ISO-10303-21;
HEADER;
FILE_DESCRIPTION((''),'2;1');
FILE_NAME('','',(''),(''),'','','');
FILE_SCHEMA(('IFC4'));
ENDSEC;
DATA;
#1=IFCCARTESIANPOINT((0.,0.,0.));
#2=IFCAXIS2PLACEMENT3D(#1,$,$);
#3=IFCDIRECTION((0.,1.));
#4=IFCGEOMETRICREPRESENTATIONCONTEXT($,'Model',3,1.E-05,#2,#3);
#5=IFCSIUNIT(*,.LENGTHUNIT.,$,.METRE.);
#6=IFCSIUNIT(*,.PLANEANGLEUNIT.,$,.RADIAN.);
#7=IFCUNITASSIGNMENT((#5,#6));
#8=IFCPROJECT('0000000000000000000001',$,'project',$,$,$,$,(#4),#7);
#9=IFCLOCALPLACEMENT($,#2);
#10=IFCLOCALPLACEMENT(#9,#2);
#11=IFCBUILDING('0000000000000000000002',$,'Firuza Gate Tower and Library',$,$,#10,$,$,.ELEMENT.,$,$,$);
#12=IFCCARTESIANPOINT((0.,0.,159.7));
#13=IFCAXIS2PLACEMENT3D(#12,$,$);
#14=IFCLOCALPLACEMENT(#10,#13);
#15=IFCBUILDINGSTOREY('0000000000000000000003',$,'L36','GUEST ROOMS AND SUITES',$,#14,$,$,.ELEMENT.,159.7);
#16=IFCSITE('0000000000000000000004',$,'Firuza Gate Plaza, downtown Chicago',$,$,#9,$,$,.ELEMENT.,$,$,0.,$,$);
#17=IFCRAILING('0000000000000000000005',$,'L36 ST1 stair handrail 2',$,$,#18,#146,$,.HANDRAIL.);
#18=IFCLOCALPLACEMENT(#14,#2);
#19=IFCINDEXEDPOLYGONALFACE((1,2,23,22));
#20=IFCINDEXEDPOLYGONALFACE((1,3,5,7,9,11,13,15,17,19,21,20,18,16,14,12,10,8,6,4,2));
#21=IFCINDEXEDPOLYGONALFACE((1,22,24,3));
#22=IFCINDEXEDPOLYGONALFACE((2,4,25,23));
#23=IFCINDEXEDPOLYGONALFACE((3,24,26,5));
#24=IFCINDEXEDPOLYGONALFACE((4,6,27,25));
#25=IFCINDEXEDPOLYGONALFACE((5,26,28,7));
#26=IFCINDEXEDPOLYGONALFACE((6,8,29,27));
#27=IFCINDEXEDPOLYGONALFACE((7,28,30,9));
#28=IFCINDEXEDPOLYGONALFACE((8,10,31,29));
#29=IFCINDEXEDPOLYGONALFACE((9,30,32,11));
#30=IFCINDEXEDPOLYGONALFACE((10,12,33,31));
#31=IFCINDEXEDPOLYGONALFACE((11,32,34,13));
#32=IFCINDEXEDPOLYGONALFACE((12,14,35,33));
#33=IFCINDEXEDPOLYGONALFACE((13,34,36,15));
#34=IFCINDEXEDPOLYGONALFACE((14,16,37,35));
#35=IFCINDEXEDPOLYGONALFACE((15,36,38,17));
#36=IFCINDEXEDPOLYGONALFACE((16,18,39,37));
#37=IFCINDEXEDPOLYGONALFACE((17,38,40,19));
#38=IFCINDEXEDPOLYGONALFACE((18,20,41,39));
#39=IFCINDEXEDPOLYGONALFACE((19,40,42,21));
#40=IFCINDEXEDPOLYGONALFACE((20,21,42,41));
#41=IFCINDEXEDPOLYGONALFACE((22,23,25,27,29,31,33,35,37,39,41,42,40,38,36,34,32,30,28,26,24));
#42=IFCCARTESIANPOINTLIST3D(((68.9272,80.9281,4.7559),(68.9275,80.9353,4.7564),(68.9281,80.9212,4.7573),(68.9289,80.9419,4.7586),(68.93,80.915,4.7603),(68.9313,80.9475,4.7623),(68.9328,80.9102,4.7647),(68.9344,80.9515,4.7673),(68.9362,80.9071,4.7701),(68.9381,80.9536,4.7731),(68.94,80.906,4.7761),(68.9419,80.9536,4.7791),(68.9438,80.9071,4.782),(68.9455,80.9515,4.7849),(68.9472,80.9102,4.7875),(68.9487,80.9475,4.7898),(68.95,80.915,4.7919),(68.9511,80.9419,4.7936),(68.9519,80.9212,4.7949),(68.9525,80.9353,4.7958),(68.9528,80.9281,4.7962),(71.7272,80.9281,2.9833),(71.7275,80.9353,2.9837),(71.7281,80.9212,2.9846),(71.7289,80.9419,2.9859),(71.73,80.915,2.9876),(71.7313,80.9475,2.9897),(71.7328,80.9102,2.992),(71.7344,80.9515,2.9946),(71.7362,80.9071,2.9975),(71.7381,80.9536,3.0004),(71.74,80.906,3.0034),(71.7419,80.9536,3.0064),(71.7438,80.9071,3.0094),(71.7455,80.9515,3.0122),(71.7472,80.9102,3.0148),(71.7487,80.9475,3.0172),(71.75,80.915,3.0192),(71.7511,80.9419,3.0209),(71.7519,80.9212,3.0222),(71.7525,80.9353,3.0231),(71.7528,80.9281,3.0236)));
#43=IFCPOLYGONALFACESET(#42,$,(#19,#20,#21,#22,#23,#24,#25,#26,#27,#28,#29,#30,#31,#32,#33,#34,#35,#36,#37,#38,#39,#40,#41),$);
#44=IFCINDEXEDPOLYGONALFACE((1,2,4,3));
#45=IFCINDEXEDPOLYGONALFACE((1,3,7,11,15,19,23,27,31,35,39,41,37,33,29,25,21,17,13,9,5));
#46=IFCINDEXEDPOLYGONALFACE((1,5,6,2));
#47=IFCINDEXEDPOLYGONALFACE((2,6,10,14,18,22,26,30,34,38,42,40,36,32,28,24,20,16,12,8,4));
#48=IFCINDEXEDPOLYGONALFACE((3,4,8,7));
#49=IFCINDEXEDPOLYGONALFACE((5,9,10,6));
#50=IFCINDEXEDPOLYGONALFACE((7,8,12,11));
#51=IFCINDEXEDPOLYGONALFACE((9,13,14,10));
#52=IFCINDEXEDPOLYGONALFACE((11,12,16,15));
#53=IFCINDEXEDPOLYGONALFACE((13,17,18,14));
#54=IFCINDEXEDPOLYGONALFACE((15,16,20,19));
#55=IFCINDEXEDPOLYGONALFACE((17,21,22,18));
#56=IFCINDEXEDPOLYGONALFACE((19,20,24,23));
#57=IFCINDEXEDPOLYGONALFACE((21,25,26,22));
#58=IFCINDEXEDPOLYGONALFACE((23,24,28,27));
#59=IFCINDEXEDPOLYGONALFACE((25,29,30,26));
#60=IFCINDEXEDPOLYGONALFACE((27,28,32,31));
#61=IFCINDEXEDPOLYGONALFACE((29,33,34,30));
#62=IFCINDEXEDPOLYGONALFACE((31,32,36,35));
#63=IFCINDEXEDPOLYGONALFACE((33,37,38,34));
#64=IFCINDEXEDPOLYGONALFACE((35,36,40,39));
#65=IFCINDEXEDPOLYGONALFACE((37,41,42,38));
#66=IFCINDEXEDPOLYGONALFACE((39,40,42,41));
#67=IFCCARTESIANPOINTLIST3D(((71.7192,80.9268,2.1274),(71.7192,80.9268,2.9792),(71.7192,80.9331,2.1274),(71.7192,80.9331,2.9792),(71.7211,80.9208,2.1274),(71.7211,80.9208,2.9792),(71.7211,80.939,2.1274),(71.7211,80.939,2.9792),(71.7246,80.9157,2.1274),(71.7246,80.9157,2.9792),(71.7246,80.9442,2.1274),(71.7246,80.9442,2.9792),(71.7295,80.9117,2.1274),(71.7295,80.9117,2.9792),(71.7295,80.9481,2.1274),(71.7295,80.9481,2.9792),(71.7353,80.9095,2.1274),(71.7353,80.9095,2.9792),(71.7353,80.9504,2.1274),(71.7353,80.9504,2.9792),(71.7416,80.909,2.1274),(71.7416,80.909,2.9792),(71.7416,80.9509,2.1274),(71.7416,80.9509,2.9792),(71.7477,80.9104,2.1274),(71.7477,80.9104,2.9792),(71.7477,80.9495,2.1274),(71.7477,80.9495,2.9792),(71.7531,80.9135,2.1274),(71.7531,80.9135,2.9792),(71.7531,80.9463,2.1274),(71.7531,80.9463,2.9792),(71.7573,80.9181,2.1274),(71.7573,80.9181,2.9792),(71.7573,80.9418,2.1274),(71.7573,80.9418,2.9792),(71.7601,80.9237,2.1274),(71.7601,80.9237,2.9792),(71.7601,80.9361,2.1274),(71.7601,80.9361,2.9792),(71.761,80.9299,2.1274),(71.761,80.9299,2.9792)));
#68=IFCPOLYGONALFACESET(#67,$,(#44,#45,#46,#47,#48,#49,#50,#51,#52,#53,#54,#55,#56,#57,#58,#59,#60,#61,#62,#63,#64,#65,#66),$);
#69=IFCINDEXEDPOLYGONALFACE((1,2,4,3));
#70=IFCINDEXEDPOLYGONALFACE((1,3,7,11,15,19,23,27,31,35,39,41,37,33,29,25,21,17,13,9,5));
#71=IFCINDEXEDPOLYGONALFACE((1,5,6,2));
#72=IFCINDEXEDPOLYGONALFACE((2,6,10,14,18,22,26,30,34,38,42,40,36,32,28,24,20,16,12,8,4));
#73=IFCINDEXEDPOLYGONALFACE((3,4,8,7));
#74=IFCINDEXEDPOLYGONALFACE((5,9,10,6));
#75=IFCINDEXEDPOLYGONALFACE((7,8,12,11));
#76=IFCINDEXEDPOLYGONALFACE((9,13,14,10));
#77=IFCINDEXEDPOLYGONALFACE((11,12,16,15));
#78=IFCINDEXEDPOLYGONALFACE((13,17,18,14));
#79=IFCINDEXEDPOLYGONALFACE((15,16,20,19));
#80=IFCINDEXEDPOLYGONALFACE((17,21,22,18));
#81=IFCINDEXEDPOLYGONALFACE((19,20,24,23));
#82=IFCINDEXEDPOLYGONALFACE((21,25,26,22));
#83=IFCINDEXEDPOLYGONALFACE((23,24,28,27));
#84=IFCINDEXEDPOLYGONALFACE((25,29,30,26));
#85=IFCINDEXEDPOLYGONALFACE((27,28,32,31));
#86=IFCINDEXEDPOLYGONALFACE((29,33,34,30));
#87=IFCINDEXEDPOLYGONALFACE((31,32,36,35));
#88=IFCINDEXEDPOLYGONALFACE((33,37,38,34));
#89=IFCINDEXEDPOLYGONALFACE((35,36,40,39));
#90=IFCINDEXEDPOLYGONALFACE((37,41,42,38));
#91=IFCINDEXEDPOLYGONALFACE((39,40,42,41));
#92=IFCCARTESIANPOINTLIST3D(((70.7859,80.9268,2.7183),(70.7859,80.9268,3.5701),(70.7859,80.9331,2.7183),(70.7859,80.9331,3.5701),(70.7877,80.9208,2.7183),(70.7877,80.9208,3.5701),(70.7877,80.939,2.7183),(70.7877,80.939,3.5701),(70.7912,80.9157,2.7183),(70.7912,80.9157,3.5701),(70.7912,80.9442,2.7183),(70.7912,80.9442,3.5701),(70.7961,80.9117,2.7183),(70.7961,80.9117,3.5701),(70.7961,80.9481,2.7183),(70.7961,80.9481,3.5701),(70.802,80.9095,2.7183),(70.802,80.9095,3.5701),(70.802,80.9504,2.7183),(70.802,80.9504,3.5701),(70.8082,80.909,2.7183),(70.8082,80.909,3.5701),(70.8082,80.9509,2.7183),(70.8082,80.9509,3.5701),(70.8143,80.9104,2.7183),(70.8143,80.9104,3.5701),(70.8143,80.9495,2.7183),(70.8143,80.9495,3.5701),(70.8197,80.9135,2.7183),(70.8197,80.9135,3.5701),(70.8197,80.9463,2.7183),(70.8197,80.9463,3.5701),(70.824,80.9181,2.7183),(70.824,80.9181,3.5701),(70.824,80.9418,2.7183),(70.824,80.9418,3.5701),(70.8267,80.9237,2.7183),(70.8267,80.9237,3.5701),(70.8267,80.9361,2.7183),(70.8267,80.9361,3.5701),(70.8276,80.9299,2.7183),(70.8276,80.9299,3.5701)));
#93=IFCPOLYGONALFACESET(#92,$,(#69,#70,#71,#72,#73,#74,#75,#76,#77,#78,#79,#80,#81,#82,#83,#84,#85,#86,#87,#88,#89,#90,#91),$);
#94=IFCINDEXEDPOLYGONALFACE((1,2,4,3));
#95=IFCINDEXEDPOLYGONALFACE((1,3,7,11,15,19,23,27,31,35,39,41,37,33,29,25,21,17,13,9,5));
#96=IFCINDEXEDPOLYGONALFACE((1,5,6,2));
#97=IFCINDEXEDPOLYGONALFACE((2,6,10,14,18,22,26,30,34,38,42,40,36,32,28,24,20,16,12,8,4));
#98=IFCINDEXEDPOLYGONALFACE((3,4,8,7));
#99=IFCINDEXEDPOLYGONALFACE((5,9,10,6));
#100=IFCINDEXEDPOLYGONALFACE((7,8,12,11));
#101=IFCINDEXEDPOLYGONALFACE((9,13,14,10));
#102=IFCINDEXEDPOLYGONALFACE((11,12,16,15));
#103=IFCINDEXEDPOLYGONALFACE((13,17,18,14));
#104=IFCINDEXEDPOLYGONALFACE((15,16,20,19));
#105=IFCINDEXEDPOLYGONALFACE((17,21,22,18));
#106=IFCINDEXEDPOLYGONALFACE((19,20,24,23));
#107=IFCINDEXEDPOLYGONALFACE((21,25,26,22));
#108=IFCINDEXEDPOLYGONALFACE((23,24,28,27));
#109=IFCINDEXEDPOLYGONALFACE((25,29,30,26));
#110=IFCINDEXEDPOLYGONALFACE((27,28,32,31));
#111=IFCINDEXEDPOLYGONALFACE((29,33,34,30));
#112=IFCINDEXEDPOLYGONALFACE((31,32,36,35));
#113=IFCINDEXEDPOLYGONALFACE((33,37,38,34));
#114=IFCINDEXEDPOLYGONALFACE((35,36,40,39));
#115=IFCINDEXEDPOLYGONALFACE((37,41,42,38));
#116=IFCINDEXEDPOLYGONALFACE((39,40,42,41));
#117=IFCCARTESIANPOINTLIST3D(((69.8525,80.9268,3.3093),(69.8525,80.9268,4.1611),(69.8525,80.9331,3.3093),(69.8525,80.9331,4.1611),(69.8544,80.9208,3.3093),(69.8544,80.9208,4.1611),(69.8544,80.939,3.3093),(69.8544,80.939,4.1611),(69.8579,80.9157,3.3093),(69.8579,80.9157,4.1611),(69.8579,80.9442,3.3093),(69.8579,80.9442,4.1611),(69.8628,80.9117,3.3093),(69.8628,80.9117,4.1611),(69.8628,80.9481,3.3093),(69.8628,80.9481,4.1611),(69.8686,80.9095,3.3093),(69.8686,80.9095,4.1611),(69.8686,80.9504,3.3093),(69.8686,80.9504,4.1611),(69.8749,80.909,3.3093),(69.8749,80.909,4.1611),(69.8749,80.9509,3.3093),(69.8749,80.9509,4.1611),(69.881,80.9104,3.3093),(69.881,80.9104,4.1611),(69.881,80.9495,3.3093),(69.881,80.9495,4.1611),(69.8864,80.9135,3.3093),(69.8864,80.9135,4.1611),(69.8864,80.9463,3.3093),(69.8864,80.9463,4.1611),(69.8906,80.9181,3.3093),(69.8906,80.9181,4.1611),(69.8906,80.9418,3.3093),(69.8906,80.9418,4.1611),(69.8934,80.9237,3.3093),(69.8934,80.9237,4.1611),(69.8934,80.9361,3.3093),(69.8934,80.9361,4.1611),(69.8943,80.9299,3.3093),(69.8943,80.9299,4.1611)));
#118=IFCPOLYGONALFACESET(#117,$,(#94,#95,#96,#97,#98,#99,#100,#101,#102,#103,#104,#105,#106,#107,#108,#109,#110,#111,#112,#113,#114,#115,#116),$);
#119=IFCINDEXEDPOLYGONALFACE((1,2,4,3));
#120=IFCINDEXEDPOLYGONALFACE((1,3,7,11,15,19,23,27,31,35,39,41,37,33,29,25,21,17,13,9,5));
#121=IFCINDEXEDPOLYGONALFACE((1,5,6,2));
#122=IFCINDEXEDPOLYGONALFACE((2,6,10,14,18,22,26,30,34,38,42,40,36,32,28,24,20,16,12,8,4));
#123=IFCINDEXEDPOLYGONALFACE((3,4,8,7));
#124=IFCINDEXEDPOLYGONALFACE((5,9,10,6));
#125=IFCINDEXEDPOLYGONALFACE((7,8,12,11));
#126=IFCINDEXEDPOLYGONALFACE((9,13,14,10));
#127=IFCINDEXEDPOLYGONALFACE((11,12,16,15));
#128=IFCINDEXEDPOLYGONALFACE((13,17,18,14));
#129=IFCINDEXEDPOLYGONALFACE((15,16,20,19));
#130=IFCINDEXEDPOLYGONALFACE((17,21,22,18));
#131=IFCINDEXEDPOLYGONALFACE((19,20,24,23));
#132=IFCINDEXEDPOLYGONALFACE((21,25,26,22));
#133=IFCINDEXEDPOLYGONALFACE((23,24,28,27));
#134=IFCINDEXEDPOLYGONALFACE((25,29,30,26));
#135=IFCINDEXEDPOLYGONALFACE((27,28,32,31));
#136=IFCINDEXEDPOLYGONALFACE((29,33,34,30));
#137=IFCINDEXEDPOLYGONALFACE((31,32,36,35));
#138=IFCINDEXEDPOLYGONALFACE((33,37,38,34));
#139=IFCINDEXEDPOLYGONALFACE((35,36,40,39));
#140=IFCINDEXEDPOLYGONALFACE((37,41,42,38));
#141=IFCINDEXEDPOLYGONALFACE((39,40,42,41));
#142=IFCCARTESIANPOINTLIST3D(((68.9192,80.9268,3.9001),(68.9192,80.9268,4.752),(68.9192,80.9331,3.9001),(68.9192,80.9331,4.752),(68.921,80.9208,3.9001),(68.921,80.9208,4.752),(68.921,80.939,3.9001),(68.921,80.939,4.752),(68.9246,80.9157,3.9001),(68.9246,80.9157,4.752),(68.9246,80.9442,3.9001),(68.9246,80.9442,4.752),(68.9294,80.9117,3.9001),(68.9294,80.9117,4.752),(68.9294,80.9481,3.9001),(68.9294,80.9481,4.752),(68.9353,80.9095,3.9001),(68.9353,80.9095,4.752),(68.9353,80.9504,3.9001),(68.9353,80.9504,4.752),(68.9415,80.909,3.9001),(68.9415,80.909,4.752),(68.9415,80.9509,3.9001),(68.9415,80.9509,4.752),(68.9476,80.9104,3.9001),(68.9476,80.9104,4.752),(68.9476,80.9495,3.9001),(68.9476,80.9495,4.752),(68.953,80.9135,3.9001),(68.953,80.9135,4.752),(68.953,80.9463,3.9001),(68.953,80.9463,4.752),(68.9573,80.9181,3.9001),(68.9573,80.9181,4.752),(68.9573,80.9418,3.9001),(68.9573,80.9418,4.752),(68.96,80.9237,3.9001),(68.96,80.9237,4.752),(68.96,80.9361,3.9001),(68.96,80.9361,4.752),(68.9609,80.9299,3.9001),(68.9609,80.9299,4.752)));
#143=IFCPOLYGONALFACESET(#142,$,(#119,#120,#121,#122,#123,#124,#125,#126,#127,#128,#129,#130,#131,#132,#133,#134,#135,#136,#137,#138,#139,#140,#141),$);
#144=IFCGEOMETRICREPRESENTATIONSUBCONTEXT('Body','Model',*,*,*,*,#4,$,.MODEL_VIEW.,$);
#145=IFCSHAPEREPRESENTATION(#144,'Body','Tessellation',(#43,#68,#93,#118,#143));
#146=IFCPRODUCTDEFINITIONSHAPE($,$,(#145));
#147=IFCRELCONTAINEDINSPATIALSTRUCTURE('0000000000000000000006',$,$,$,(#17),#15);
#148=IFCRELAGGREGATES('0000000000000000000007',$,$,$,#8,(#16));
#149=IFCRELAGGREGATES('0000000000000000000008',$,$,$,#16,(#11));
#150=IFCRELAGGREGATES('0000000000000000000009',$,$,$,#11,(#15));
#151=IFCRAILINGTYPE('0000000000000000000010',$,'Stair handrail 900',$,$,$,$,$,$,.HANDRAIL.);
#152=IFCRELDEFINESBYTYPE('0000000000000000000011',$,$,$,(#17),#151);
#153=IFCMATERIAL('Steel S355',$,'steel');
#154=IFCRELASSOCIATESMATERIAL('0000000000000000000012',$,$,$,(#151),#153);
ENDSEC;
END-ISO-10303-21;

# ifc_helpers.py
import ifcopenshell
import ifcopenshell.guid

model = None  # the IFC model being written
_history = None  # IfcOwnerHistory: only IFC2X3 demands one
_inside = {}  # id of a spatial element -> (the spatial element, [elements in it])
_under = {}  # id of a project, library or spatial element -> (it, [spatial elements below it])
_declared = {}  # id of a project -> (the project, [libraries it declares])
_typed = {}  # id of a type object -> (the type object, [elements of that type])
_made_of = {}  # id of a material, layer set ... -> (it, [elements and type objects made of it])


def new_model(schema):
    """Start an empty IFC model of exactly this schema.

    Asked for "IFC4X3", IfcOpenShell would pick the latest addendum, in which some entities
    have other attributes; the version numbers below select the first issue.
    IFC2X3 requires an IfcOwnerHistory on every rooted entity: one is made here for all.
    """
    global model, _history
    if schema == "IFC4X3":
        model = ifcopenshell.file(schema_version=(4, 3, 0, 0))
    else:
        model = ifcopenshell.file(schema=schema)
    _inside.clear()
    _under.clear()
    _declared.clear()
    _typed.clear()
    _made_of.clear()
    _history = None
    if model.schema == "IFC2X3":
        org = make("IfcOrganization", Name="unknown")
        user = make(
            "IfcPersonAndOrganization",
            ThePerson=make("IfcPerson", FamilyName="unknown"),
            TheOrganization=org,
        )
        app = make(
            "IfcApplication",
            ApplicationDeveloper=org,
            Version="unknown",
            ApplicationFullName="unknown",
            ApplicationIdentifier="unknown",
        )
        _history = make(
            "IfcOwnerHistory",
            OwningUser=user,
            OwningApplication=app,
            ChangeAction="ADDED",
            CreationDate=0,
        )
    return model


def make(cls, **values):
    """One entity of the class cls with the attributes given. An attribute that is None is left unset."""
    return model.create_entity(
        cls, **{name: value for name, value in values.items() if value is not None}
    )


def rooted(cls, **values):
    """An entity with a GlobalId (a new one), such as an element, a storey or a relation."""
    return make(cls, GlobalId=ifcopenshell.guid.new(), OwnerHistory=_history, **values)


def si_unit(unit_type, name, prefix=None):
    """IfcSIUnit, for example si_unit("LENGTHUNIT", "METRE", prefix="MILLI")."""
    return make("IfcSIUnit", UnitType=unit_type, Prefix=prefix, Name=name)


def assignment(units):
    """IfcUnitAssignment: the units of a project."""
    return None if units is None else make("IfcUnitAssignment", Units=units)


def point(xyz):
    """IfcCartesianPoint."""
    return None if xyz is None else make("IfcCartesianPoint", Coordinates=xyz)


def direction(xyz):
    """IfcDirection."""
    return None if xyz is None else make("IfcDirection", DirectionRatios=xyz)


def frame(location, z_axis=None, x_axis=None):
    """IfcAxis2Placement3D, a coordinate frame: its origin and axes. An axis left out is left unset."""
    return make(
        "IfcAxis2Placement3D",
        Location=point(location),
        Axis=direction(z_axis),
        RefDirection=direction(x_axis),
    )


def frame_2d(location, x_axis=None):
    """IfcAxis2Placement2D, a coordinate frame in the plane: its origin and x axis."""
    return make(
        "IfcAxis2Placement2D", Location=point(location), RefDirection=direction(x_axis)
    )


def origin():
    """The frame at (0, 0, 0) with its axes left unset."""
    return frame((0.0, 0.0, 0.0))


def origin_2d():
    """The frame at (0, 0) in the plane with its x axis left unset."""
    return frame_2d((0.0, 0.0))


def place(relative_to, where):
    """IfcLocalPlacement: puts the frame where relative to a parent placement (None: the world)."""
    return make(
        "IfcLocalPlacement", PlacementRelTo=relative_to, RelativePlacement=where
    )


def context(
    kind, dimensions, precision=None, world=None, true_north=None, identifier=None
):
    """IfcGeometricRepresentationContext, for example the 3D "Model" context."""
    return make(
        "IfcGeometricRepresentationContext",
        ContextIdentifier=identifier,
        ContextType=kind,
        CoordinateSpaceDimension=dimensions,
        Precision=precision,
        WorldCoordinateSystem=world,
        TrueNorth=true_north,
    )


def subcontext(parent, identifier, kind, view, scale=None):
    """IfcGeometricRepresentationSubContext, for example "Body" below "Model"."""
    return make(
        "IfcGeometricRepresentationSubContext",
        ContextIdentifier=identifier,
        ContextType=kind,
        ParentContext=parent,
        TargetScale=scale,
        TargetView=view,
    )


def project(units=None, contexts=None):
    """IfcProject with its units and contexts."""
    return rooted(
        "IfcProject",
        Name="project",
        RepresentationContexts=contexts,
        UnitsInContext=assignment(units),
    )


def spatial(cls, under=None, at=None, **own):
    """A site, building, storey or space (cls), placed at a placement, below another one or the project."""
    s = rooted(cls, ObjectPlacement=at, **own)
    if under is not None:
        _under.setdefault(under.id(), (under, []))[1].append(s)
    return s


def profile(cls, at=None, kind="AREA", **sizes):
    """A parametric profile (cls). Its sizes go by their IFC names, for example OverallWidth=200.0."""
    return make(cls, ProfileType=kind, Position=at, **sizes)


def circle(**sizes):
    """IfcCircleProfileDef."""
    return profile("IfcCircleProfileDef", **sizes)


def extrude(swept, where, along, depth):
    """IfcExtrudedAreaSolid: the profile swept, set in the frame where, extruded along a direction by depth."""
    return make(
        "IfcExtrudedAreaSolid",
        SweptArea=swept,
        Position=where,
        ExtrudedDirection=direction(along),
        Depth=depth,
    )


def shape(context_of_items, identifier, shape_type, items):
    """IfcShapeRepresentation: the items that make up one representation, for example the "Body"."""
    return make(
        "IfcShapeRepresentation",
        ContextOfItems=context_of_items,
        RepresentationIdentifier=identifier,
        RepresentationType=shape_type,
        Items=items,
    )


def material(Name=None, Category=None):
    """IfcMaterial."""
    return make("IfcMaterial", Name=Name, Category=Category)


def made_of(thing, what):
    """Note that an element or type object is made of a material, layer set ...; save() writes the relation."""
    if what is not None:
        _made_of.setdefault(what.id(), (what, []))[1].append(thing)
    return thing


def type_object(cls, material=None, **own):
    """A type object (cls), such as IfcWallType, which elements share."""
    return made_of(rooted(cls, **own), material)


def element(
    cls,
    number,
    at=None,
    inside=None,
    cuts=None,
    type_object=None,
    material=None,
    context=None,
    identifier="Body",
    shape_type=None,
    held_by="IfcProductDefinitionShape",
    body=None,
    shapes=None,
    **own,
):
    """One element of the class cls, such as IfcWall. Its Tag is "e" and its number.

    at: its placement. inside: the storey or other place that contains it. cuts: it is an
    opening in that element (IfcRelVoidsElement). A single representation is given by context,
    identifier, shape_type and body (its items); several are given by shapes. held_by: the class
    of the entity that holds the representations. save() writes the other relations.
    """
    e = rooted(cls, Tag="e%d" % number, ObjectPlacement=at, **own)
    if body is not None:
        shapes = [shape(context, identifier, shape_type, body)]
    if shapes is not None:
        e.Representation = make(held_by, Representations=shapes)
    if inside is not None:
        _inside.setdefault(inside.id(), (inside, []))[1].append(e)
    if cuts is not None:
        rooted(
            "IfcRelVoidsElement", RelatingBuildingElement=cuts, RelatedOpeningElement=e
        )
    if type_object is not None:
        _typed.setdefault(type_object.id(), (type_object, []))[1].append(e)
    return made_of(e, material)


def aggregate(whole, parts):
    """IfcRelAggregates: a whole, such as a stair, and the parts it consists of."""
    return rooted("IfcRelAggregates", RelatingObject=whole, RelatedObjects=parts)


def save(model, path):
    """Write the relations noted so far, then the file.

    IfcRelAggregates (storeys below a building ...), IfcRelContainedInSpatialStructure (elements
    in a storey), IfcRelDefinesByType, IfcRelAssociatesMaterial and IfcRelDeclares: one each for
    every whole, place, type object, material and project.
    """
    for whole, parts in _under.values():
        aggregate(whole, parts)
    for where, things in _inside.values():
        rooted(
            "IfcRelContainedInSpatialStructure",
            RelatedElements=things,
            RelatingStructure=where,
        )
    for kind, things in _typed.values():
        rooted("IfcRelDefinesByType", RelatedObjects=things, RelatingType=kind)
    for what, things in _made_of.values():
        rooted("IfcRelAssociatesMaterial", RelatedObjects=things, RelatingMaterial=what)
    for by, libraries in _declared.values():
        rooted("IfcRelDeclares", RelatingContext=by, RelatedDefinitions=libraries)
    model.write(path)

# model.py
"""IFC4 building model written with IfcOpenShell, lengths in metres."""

from ifc_helpers import new_model, si_unit, direction, frame, origin, origin_2d, place, context, subcontext, project, spatial, circle, extrude, material, type_object, element, save


model = new_model("IFC4")

# Units and contexts
model_context = context("Model", 3, precision=1e-05, world=origin(), true_north=direction((0.0, 1.0)))
body_context = subcontext(model_context, "Body", "Model", "MODEL_VIEW")
ifc_project = project(units=[si_unit("LENGTHUNIT", "METRE"), si_unit("PLANEANGLEUNIT", "RADIAN")], contexts=[model_context])

# Site, building, storey
site_placement = place(None, origin())
site = spatial("IfcSite", under=ifc_project, at=site_placement, Name="Firuza Gate Plaza, downtown Chicago", CompositionType="ELEMENT", RefElevation=0.0)
building_placement = place(site_placement, origin())
building = spatial("IfcBuilding", under=site, at=building_placement, Name="Firuza Gate Tower and Library", CompositionType="ELEMENT")
storey_placement = place(building_placement, frame((0.0, 0.0, 159.7)))
storey = spatial("IfcBuildingStorey", under=building, at=storey_placement, Name="L36", Description="GUEST ROOMS AND SUITES", CompositionType="ELEMENT", Elevation=159.7)

# Railing
ifc_material_1 = material(Name="Steel S355", Category="steel")
railing_type_1 = type_object("IfcRailingType", Name="Stair handrail 900", PredefinedType="HANDRAIL", material=ifc_material_1)
railing_1_placement = place(storey_placement, frame((71.74, 80.9299, 2.1274)))
element("IfcRailing", 1, at=railing_1_placement, inside=storey, type_object=railing_type_1, Name="L36 ST1 stair handrail 2", PredefinedType="HANDRAIL", context=body_context, shape_type="SweptSolid", body=[
    extrude(circle(Radius=0.0239, at=origin_2d()), frame((0.0, 0.0, 0.876), z_axis=(-0.844909, 0.0, 0.53491), x_axis=(0.0, -1.0, 0.0)), (0.0, 0.0, 1.0), 3.314),
    extrude(circle(Radius=0.021, at=origin_2d()), origin(), (0.0, 0.0, 1.0), 0.8518),
    extrude(circle(Radius=0.021, at=origin_2d()), frame((-0.9333, 0.0, 0.5908)), (0.0, 0.0, 1.0), 0.8518),
    extrude(circle(Radius=0.021, at=origin_2d()), frame((-1.8667, 0.0, 1.1819)), (0.0, 0.0, 1.0), 0.8518),
    extrude(circle(Radius=0.021, at=origin_2d()), frame((-2.8, 0.0, 1.7727)), (0.0, 0.0, 1.0), 0.8518),
])

save(model, "model.ifc")
